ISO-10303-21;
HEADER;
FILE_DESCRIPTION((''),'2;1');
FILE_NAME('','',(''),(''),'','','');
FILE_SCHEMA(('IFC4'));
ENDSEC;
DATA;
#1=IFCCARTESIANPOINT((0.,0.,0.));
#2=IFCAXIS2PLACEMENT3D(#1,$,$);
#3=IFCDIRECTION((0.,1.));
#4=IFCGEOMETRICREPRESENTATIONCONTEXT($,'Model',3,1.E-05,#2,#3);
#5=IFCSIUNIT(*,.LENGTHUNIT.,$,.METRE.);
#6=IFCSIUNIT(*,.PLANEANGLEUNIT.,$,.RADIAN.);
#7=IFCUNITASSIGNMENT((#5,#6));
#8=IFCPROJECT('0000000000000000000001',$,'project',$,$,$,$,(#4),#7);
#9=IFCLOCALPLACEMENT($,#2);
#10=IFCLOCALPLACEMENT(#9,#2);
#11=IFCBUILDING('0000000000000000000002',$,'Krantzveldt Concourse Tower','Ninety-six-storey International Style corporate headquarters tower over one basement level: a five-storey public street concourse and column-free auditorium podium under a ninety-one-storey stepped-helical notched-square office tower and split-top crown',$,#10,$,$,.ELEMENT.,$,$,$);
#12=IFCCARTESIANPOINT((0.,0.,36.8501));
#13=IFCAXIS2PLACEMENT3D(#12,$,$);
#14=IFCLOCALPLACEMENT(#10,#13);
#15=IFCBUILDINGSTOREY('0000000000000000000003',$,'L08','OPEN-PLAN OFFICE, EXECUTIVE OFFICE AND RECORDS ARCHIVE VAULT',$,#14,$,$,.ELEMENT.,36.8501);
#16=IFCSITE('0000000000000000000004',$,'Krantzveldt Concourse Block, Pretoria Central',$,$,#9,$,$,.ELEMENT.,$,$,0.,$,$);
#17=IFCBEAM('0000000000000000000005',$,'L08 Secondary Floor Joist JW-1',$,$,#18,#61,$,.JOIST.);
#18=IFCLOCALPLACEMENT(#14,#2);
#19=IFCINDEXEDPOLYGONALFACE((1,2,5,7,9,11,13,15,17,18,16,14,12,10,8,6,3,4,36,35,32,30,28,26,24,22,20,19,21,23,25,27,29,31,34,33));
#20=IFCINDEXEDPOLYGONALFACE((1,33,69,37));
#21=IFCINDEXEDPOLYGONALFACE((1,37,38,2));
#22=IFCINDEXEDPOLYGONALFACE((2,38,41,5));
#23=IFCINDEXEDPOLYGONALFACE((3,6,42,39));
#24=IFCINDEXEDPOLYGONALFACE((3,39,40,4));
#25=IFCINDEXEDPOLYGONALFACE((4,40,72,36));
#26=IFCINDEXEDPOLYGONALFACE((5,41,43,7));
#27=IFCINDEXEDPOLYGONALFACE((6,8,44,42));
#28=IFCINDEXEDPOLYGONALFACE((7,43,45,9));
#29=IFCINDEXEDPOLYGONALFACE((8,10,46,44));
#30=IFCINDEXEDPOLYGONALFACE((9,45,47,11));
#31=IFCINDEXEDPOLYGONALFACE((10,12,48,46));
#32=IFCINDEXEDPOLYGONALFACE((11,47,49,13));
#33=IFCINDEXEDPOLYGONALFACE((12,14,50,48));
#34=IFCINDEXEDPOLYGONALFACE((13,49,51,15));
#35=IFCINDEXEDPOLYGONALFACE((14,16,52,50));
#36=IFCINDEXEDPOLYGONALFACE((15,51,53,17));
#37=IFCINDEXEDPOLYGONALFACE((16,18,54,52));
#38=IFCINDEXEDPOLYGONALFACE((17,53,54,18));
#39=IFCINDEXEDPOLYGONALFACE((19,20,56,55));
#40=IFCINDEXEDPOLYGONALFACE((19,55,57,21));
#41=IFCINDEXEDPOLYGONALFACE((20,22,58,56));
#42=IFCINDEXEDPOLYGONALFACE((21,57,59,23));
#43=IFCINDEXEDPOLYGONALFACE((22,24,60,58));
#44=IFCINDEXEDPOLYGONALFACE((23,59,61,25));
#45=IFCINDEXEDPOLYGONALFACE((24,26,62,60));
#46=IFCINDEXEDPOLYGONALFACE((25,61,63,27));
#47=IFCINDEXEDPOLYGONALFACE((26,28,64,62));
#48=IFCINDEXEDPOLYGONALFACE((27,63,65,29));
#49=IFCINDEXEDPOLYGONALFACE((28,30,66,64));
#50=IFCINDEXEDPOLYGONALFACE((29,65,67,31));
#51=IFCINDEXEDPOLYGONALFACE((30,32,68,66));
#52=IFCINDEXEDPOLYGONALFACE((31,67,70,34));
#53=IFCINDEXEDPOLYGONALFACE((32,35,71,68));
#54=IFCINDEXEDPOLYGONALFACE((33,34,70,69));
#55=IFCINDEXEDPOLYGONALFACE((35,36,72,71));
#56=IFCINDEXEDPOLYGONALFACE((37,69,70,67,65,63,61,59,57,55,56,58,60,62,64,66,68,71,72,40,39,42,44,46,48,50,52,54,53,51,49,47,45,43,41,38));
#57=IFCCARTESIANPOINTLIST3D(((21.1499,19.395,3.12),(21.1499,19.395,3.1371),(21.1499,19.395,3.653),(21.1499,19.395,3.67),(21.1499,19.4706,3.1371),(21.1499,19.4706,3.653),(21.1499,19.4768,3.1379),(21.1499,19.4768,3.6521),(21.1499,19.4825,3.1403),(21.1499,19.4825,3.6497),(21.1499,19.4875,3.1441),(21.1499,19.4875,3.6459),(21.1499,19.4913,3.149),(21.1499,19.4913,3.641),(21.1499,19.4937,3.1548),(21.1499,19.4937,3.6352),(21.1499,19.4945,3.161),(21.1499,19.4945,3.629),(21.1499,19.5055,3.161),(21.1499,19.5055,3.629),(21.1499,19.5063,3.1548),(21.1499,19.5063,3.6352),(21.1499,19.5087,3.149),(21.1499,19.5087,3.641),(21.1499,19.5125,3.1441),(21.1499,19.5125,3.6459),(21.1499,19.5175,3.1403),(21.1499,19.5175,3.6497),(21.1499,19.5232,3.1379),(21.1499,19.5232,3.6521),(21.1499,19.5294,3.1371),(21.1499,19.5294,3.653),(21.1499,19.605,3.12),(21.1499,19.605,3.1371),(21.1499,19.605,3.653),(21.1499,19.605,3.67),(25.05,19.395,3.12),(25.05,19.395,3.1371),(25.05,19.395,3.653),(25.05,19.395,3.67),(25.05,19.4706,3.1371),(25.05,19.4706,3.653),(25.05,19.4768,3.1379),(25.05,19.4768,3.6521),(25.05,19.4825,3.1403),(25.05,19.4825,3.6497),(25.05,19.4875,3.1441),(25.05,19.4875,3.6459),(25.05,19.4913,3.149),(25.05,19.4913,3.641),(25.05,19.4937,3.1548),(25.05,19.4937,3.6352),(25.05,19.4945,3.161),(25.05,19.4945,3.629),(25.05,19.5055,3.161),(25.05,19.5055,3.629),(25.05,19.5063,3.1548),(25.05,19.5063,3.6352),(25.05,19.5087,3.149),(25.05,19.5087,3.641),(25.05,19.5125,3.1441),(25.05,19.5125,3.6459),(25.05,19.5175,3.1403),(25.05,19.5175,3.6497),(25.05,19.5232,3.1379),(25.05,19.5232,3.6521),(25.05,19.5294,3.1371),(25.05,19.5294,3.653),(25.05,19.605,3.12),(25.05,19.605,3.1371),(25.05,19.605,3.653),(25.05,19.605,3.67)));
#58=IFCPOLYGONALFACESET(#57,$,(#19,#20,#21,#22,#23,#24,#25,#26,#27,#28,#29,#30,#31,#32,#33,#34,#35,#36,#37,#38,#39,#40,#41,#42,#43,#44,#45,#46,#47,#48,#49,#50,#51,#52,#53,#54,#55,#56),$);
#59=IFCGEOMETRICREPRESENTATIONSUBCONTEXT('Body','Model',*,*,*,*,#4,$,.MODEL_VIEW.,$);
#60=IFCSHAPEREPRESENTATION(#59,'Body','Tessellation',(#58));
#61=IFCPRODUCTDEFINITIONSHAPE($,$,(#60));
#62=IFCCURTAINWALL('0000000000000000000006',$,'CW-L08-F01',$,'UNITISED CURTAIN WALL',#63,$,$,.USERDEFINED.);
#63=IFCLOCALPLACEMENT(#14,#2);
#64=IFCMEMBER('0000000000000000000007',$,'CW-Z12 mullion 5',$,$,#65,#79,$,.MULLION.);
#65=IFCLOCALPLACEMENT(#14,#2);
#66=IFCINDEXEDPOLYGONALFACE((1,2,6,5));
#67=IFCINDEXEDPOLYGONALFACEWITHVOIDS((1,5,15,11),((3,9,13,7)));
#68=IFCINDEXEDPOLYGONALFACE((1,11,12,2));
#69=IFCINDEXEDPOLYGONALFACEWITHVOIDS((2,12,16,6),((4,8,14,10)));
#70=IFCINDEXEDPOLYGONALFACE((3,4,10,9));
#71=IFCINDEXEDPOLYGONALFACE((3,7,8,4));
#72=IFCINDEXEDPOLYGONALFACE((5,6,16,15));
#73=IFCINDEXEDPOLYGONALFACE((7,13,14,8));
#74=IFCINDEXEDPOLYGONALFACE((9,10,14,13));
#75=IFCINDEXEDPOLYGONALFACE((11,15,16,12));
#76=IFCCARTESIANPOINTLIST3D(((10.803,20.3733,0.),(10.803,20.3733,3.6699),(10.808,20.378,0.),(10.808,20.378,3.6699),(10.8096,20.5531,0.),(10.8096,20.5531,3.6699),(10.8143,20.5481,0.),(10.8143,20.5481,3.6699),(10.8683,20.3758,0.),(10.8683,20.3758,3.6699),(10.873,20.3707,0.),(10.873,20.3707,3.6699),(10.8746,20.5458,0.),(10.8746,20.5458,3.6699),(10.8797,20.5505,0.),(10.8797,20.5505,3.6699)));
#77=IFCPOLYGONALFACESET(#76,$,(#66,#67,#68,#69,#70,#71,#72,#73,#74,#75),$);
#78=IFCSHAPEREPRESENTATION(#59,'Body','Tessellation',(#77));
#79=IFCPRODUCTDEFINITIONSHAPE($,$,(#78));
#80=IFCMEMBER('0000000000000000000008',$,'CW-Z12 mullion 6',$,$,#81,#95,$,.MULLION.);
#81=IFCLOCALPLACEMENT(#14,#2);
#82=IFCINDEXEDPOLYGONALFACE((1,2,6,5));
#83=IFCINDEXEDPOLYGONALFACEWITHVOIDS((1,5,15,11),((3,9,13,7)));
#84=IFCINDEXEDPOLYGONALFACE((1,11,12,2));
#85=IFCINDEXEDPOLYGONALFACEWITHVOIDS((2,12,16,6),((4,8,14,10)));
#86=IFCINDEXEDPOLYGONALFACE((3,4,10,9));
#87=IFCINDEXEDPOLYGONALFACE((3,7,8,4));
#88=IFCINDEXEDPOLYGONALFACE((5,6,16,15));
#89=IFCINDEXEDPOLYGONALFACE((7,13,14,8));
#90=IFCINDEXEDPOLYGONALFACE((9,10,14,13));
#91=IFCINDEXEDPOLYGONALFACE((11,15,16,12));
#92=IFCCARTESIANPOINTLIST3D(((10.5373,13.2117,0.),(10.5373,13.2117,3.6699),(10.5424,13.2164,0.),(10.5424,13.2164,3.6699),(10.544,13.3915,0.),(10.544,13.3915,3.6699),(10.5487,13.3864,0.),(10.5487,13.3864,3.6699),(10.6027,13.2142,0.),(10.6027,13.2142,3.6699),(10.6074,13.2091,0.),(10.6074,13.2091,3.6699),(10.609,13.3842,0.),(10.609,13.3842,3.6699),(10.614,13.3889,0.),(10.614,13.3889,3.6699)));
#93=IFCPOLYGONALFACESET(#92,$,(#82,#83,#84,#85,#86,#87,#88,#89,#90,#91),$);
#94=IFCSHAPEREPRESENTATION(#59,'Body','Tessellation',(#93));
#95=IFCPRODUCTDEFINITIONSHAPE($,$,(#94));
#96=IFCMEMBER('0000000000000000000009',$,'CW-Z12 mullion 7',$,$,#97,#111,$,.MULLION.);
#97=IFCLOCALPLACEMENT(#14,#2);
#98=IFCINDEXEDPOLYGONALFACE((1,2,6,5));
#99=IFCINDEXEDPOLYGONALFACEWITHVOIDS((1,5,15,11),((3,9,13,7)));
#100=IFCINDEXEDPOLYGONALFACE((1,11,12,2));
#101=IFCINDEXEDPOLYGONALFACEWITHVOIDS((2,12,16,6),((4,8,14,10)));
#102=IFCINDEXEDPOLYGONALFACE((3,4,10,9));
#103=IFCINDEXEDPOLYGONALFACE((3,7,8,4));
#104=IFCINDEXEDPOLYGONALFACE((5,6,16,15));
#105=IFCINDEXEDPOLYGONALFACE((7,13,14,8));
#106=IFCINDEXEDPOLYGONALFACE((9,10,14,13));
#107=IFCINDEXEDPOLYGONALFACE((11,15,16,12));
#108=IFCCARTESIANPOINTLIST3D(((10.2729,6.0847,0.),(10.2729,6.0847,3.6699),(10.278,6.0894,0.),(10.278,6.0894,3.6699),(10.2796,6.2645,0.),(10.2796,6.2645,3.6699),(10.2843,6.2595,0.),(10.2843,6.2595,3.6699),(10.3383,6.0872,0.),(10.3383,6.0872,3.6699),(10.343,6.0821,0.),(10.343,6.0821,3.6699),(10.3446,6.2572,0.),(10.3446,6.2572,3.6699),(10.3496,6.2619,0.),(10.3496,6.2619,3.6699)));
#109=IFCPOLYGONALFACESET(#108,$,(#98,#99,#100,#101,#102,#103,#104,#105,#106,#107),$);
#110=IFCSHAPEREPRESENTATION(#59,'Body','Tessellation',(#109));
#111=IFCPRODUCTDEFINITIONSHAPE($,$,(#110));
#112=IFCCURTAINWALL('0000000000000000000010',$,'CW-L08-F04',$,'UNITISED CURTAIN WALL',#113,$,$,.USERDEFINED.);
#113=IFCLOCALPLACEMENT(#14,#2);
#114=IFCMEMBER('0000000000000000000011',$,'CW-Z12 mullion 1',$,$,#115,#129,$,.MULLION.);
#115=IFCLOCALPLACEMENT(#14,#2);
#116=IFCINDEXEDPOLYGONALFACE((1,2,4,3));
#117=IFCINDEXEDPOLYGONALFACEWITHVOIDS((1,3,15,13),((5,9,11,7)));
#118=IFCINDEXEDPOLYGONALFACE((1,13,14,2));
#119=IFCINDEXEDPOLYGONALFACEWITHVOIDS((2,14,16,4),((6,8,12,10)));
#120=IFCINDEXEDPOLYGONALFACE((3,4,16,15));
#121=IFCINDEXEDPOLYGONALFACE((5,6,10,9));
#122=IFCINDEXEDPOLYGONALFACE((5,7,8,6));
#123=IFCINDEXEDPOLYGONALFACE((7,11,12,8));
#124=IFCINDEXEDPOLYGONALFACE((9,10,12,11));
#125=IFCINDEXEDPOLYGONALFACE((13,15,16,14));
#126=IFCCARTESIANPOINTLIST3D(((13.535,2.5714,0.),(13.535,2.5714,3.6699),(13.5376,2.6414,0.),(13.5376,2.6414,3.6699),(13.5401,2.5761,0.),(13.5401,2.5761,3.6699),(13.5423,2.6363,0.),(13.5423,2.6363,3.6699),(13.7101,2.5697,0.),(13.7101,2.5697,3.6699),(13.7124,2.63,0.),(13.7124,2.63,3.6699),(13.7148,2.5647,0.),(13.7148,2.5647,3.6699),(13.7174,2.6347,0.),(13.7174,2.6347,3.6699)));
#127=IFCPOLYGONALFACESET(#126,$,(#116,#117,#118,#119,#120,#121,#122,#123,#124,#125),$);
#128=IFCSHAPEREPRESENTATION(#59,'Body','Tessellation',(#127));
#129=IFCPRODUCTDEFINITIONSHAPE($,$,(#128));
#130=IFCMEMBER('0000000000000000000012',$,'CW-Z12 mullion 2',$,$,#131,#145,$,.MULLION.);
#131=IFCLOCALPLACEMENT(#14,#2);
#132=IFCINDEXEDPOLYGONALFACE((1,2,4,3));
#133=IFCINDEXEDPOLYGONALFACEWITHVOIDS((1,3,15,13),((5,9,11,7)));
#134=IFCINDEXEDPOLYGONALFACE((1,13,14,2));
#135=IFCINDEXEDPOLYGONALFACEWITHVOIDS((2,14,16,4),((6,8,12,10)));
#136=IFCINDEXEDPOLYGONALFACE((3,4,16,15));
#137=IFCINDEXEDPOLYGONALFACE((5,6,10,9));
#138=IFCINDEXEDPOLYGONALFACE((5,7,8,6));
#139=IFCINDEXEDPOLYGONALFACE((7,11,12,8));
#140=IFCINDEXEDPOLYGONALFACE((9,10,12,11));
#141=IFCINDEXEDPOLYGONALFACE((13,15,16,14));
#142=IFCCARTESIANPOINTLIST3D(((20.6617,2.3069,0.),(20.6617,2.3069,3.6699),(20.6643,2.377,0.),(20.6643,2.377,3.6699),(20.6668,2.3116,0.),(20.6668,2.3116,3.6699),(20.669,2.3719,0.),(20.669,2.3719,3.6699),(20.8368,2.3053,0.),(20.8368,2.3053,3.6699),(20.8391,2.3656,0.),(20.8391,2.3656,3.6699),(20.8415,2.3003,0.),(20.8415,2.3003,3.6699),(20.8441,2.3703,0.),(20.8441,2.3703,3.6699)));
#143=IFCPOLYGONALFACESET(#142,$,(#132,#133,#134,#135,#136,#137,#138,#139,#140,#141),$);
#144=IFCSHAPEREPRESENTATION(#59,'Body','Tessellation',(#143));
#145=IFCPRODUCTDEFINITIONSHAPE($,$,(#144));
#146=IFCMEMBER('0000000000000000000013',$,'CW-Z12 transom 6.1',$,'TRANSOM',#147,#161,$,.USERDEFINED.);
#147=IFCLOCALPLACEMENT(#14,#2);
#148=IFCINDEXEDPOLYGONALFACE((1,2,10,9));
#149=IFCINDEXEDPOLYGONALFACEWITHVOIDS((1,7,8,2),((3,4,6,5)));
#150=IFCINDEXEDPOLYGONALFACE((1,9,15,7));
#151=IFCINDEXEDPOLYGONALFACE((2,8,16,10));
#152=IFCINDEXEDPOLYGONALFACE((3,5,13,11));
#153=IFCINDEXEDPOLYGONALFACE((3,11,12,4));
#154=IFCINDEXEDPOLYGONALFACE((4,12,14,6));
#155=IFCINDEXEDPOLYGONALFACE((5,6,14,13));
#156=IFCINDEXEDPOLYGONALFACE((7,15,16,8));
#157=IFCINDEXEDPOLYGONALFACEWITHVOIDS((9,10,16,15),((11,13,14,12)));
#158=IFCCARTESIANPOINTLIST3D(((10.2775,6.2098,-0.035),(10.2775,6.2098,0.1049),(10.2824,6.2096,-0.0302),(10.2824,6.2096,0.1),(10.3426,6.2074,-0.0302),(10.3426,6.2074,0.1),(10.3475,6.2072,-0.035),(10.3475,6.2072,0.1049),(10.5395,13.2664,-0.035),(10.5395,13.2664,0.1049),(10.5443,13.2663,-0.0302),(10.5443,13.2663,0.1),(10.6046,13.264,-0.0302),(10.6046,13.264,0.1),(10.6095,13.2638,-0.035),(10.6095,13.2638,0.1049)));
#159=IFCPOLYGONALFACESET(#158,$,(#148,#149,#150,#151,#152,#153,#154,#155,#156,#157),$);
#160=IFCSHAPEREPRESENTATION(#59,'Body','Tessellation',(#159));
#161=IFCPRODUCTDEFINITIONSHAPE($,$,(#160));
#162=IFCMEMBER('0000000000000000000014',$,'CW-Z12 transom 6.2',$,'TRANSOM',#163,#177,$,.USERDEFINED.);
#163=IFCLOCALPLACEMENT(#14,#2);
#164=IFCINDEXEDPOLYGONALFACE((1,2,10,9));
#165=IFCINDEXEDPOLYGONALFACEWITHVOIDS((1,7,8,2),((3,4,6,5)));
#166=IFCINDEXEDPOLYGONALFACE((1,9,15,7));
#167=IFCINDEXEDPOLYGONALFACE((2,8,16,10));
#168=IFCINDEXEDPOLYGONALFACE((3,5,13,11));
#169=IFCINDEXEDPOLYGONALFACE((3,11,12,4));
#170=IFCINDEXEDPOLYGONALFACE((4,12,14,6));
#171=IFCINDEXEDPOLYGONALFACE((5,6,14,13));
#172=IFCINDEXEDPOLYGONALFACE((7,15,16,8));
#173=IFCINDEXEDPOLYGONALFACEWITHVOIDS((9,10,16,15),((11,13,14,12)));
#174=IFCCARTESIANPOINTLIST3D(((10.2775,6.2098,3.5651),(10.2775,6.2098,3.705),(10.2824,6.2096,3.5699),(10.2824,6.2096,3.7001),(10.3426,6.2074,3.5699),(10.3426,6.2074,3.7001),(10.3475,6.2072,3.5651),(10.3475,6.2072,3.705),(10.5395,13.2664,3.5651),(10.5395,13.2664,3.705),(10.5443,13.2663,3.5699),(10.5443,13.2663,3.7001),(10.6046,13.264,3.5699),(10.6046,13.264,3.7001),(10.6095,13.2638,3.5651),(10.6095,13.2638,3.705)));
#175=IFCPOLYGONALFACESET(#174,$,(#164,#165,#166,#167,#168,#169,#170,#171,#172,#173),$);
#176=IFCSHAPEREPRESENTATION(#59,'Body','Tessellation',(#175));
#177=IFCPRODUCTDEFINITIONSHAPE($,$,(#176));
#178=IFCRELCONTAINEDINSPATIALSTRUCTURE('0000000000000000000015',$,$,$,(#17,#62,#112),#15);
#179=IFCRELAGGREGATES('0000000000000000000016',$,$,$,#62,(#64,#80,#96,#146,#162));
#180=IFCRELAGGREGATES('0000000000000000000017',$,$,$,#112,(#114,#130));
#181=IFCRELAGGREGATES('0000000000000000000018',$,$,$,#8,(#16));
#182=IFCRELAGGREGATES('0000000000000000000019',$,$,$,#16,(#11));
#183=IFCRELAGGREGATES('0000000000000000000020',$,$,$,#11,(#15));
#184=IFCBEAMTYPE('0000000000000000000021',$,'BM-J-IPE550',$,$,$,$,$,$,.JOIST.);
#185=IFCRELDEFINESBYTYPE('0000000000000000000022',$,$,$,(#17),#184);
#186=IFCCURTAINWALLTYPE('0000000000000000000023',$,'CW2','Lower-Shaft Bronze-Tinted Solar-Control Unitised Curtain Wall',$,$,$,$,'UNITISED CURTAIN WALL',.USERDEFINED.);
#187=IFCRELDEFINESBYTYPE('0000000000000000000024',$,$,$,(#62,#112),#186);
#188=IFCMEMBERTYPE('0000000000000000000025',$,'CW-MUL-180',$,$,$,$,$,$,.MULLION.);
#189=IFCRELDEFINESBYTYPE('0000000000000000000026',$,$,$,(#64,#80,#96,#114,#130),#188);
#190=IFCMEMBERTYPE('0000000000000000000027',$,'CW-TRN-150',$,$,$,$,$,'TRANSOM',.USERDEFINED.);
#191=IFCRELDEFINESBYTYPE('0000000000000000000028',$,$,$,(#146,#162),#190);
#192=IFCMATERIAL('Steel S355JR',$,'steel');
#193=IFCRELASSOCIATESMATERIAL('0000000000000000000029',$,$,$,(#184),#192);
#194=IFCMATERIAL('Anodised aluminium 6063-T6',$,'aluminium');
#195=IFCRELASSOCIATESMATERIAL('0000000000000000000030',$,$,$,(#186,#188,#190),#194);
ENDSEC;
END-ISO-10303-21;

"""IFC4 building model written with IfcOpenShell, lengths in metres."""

from ifc_helpers import new_model, si_unit, direction, frame, origin, origin_2d, place, context, subcontext, project, spatial, hollow_rectangle, i_section, extrude, source, transform, mapped, material, material_profile, profile_set, type_object, type_shapes, element, aggregate, save


model = new_model("IFC4")

# Units and contexts
model_context = context("Model", 3, precision=1e-05, world=origin(), true_north=direction((0.0, 1.0)))
body_context = subcontext(model_context, "Body", "Model", "MODEL_VIEW")
ifc_project = project(units=[si_unit("LENGTHUNIT", "METRE"), si_unit("PLANEANGLEUNIT", "RADIAN")], contexts=[model_context])

# Site, building, storey
site_placement = place(None, origin())
site = spatial("IfcSite", under=ifc_project, at=site_placement, Name="Krantzveldt Concourse Block, Pretoria Central", CompositionType="ELEMENT", RefElevation=0.0)
building_placement = place(site_placement, origin())
building = spatial("IfcBuilding", under=site, at=building_placement, Name="Krantzveldt Concourse Tower", Description="Ninety-six-storey International Style corporate headquarters tower over one basement level: a five-storey public street concourse and column-free auditorium podium under a ninety-one-storey stepped-helical notched-square office tower and split-top crown", CompositionType="ELEMENT")
storey_placement = place(building_placement, frame((0.0, 0.0, 36.8501)))
storey = spatial("IfcBuildingStorey", under=building, at=storey_placement, Name="L08", Description="OPEN-PLAN OFFICE, EXECUTIVE OFFICE AND RECORDS ARCHIVE VAULT", CompositionType="ELEMENT", Elevation=36.8501)

# Beam
ifc_material_1 = material(Name="Steel S355JR", Category="steel")
ifc_material_profile_1 = material_profile(ifc_material_1, i_section(OverallWidth=0.21, OverallDepth=0.55, WebThickness=0.011, FlangeThickness=0.0171, FilletRadius=0.0239, at=origin_2d()), Name="Steel S355JR", Category="steel")
ifc_profile_set_1 = profile_set([ifc_material_profile_1], Name="Steel S355JR - IPE 550")
beam_type_1 = type_object("IfcBeamType", Name="BM-J-IPE550", PredefinedType="JOIST", material=ifc_profile_set_1)
shared_shape_1 = source(origin(), body_context, "Body", "SweptSolid", [
    extrude(i_section(OverallWidth=0.21, OverallDepth=0.55, WebThickness=0.011, FlangeThickness=0.0171, FilletRadius=0.0239, at=origin_2d()), origin(), (0.0, 0.0, 1.0), 3.9001),
])
type_shapes(beam_type_1, [shared_shape_1])
beam_1_placement = place(storey_placement, frame((21.1499, 19.5, 3.395), z_axis=(1.0, 0.0, 0.0), x_axis=(0.0, 1.0, 0.0)))
element("IfcBeam", 1, at=beam_1_placement, inside=storey, type_object=beam_type_1, Name="L08 Secondary Floor Joist JW-1", PredefinedType="JOIST", context=body_context, shape_type="MappedRepresentation", body=[
    mapped(shared_shape_1, transform((0.0, 0.0, 0.0), x_axis=(1.0, 0.0, 0.0), y_axis=(0.0, 1.0, 0.0), z_axis=(0.0, 0.0, 1.0), scale=1.0)),
])

# Curtain walls, members
ifc_material_2 = material(Name="Anodised aluminium 6063-T6", Category="aluminium")
curtain_wall_type = type_object("IfcCurtainWallType", Name="CW2", Description="Lower-Shaft Bronze-Tinted Solar-Control Unitised Curtain Wall", ElementType="UNITISED CURTAIN WALL", PredefinedType="USERDEFINED", material=ifc_material_2)
curtain_wall_1_placement = place(storey_placement, origin())
curtain_wall_1 = element("IfcCurtainWall", 2, at=curtain_wall_1_placement, inside=storey, type_object=curtain_wall_type, Name="CW-L08-F01", ObjectType="UNITISED CURTAIN WALL", PredefinedType="USERDEFINED")
ifc_material_profile_2 = material_profile(ifc_material_2, hollow_rectangle(XDim=0.0701, YDim=0.1799, WallThickness=0.0049, at=origin_2d()), Name="Anodised aluminium 6063-T6", Category="aluminium")
ifc_profile_set_2 = profile_set([ifc_material_profile_2], Name="Anodised aluminium 6063-T6 - ALU-MULL 180x70x5")
member_type_1 = type_object("IfcMemberType", Name="CW-MUL-180", PredefinedType="MULLION", material=ifc_profile_set_2)
shared_shape_2 = source(origin(), body_context, "Body", "SweptSolid", [
    extrude(hollow_rectangle(XDim=0.0701, YDim=0.1799, WallThickness=0.0049, at=origin_2d()), origin(), (0.0, 0.0, 1.0), 3.6699),
])
type_shapes(member_type_1, [shared_shape_2])
member_1_placement = place(storey_placement, frame((10.8413, 20.4619, 0.0), z_axis=(0.0, 0.0, 1.0), x_axis=(0.999312, -0.03708, 0.0)))
member_1 = element("IfcMember", 3, at=member_1_placement, type_object=member_type_1, Name="CW-Z12 mullion 5", PredefinedType="MULLION", context=body_context, shape_type="MappedRepresentation", body=[
    mapped(shared_shape_2, transform((0.0, 0.0, 0.0), x_axis=(1.0, 0.0, 0.0), y_axis=(0.0, 1.0, 0.0), z_axis=(0.0, 0.0, 1.0), scale=1.0)),
])
member_2_placement = place(storey_placement, frame((10.5757, 13.3003, 0.0), z_axis=(0.0, 0.0, 1.0), x_axis=(0.999312, -0.03708, 0.0)))
member_2 = element("IfcMember", 4, at=member_2_placement, type_object=member_type_1, Name="CW-Z12 mullion 6", PredefinedType="MULLION", context=body_context, shape_type="MappedRepresentation", body=[
    mapped(shared_shape_2, transform((0.0, 0.0, 0.0), x_axis=(1.0, 0.0, 0.0), y_axis=(0.0, 1.0, 0.0), z_axis=(0.0, 0.0, 1.0), scale=1.0)),
])
member_3_placement = place(storey_placement, frame((10.3113, 6.1733, 0.0), z_axis=(0.0, 0.0, 1.0), x_axis=(0.999312, -0.03708, 0.0)))
member_3 = element("IfcMember", 5, at=member_3_placement, type_object=member_type_1, Name="CW-Z12 mullion 7", PredefinedType="MULLION", context=body_context, shape_type="MappedRepresentation", body=[
    mapped(shared_shape_2, transform((0.0, 0.0, 0.0), x_axis=(1.0, 0.0, 0.0), y_axis=(0.0, 1.0, 0.0), z_axis=(0.0, 0.0, 1.0), scale=1.0)),
])
curtain_wall_2_placement = place(storey_placement, origin())
curtain_wall_2 = element("IfcCurtainWall", 6, at=curtain_wall_2_placement, inside=storey, type_object=curtain_wall_type, Name="CW-L08-F04", ObjectType="UNITISED CURTAIN WALL", PredefinedType="USERDEFINED")
member_4_placement = place(storey_placement, frame((13.6262, 2.603, 0.0), z_axis=(0.0, 0.0, 1.0), x_axis=(0.03708, 0.999312, 0.0)))
member_4 = element("IfcMember", 7, at=member_4_placement, type_object=member_type_1, Name="CW-Z12 mullion 1", PredefinedType="MULLION", context=body_context, shape_type="MappedRepresentation", body=[
    mapped(shared_shape_2, transform((0.0, 0.0, 0.0), x_axis=(1.0, 0.0, 0.0), y_axis=(0.0, 1.0, 0.0), z_axis=(0.0, 0.0, 1.0), scale=1.0)),
])
member_5_placement = place(storey_placement, frame((20.7529, 2.3386, 0.0), z_axis=(0.0, 0.0, 1.0), x_axis=(0.03708, 0.999312, 0.0)))
member_5 = element("IfcMember", 8, at=member_5_placement, type_object=member_type_1, Name="CW-Z12 mullion 2", PredefinedType="MULLION", context=body_context, shape_type="MappedRepresentation", body=[
    mapped(shared_shape_2, transform((0.0, 0.0, 0.0), x_axis=(1.0, 0.0, 0.0), y_axis=(0.0, 1.0, 0.0), z_axis=(0.0, 0.0, 1.0), scale=1.0)),
])

# Members
ifc_material_profile_3 = material_profile(ifc_material_2, hollow_rectangle(XDim=0.0701, YDim=0.1399, WallThickness=0.0049, at=origin_2d()), Name="Anodised aluminium 6063-T6", Category="aluminium")
ifc_profile_set_3 = profile_set([ifc_material_profile_3], Name="Anodised aluminium 6063-T6 - ALU-TRAN 140x70x5")
member_type_2 = type_object("IfcMemberType", Name="CW-TRN-150", ElementType="TRANSOM", PredefinedType="USERDEFINED", material=ifc_profile_set_3)
shared_shape_3 = source(origin(), body_context, "Body", "SweptSolid", [
    extrude(hollow_rectangle(XDim=0.0701, YDim=0.1399, WallThickness=0.0049, at=origin_2d()), origin(), (0.0, 0.0, 1.0), 7.0615),
])
member_6_placement = place(storey_placement, frame((10.5745, 13.2651, 0.0349), z_axis=(-0.037097, -0.999312, 0.0), x_axis=(0.999312, -0.037097, 0.0)))
member_6 = element("IfcMember", 9, at=member_6_placement, type_object=member_type_2, Name="CW-Z12 transom 6.1", ObjectType="TRANSOM", PredefinedType="USERDEFINED", context=body_context, shape_type="MappedRepresentation", body=[
    mapped(shared_shape_3, transform((0.0, 0.0, 0.0), x_axis=(1.0, 0.0, 0.0), y_axis=(0.0, 1.0, 0.0), z_axis=(0.0, 0.0, 1.0), scale=1.0)),
])
member_7_placement = place(storey_placement, frame((10.5745, 13.2651, 3.635), z_axis=(-0.037097, -0.999312, 0.0), x_axis=(0.999312, -0.037097, 0.0)))
member_7 = element("IfcMember", 10, at=member_7_placement, type_object=member_type_2, Name="CW-Z12 transom 6.2", ObjectType="TRANSOM", PredefinedType="USERDEFINED", context=body_context, shape_type="MappedRepresentation", body=[
    mapped(shared_shape_3, transform((0.0, 0.0, 0.0), x_axis=(1.0, 0.0, 0.0), y_axis=(0.0, 1.0, 0.0), z_axis=(0.0, 0.0, 1.0), scale=1.0)),
])

aggregate(curtain_wall_1, [member_1, member_2, member_3, member_6, member_7])
aggregate(curtain_wall_2, [member_4, member_5])

save(model, "model.ifc")
